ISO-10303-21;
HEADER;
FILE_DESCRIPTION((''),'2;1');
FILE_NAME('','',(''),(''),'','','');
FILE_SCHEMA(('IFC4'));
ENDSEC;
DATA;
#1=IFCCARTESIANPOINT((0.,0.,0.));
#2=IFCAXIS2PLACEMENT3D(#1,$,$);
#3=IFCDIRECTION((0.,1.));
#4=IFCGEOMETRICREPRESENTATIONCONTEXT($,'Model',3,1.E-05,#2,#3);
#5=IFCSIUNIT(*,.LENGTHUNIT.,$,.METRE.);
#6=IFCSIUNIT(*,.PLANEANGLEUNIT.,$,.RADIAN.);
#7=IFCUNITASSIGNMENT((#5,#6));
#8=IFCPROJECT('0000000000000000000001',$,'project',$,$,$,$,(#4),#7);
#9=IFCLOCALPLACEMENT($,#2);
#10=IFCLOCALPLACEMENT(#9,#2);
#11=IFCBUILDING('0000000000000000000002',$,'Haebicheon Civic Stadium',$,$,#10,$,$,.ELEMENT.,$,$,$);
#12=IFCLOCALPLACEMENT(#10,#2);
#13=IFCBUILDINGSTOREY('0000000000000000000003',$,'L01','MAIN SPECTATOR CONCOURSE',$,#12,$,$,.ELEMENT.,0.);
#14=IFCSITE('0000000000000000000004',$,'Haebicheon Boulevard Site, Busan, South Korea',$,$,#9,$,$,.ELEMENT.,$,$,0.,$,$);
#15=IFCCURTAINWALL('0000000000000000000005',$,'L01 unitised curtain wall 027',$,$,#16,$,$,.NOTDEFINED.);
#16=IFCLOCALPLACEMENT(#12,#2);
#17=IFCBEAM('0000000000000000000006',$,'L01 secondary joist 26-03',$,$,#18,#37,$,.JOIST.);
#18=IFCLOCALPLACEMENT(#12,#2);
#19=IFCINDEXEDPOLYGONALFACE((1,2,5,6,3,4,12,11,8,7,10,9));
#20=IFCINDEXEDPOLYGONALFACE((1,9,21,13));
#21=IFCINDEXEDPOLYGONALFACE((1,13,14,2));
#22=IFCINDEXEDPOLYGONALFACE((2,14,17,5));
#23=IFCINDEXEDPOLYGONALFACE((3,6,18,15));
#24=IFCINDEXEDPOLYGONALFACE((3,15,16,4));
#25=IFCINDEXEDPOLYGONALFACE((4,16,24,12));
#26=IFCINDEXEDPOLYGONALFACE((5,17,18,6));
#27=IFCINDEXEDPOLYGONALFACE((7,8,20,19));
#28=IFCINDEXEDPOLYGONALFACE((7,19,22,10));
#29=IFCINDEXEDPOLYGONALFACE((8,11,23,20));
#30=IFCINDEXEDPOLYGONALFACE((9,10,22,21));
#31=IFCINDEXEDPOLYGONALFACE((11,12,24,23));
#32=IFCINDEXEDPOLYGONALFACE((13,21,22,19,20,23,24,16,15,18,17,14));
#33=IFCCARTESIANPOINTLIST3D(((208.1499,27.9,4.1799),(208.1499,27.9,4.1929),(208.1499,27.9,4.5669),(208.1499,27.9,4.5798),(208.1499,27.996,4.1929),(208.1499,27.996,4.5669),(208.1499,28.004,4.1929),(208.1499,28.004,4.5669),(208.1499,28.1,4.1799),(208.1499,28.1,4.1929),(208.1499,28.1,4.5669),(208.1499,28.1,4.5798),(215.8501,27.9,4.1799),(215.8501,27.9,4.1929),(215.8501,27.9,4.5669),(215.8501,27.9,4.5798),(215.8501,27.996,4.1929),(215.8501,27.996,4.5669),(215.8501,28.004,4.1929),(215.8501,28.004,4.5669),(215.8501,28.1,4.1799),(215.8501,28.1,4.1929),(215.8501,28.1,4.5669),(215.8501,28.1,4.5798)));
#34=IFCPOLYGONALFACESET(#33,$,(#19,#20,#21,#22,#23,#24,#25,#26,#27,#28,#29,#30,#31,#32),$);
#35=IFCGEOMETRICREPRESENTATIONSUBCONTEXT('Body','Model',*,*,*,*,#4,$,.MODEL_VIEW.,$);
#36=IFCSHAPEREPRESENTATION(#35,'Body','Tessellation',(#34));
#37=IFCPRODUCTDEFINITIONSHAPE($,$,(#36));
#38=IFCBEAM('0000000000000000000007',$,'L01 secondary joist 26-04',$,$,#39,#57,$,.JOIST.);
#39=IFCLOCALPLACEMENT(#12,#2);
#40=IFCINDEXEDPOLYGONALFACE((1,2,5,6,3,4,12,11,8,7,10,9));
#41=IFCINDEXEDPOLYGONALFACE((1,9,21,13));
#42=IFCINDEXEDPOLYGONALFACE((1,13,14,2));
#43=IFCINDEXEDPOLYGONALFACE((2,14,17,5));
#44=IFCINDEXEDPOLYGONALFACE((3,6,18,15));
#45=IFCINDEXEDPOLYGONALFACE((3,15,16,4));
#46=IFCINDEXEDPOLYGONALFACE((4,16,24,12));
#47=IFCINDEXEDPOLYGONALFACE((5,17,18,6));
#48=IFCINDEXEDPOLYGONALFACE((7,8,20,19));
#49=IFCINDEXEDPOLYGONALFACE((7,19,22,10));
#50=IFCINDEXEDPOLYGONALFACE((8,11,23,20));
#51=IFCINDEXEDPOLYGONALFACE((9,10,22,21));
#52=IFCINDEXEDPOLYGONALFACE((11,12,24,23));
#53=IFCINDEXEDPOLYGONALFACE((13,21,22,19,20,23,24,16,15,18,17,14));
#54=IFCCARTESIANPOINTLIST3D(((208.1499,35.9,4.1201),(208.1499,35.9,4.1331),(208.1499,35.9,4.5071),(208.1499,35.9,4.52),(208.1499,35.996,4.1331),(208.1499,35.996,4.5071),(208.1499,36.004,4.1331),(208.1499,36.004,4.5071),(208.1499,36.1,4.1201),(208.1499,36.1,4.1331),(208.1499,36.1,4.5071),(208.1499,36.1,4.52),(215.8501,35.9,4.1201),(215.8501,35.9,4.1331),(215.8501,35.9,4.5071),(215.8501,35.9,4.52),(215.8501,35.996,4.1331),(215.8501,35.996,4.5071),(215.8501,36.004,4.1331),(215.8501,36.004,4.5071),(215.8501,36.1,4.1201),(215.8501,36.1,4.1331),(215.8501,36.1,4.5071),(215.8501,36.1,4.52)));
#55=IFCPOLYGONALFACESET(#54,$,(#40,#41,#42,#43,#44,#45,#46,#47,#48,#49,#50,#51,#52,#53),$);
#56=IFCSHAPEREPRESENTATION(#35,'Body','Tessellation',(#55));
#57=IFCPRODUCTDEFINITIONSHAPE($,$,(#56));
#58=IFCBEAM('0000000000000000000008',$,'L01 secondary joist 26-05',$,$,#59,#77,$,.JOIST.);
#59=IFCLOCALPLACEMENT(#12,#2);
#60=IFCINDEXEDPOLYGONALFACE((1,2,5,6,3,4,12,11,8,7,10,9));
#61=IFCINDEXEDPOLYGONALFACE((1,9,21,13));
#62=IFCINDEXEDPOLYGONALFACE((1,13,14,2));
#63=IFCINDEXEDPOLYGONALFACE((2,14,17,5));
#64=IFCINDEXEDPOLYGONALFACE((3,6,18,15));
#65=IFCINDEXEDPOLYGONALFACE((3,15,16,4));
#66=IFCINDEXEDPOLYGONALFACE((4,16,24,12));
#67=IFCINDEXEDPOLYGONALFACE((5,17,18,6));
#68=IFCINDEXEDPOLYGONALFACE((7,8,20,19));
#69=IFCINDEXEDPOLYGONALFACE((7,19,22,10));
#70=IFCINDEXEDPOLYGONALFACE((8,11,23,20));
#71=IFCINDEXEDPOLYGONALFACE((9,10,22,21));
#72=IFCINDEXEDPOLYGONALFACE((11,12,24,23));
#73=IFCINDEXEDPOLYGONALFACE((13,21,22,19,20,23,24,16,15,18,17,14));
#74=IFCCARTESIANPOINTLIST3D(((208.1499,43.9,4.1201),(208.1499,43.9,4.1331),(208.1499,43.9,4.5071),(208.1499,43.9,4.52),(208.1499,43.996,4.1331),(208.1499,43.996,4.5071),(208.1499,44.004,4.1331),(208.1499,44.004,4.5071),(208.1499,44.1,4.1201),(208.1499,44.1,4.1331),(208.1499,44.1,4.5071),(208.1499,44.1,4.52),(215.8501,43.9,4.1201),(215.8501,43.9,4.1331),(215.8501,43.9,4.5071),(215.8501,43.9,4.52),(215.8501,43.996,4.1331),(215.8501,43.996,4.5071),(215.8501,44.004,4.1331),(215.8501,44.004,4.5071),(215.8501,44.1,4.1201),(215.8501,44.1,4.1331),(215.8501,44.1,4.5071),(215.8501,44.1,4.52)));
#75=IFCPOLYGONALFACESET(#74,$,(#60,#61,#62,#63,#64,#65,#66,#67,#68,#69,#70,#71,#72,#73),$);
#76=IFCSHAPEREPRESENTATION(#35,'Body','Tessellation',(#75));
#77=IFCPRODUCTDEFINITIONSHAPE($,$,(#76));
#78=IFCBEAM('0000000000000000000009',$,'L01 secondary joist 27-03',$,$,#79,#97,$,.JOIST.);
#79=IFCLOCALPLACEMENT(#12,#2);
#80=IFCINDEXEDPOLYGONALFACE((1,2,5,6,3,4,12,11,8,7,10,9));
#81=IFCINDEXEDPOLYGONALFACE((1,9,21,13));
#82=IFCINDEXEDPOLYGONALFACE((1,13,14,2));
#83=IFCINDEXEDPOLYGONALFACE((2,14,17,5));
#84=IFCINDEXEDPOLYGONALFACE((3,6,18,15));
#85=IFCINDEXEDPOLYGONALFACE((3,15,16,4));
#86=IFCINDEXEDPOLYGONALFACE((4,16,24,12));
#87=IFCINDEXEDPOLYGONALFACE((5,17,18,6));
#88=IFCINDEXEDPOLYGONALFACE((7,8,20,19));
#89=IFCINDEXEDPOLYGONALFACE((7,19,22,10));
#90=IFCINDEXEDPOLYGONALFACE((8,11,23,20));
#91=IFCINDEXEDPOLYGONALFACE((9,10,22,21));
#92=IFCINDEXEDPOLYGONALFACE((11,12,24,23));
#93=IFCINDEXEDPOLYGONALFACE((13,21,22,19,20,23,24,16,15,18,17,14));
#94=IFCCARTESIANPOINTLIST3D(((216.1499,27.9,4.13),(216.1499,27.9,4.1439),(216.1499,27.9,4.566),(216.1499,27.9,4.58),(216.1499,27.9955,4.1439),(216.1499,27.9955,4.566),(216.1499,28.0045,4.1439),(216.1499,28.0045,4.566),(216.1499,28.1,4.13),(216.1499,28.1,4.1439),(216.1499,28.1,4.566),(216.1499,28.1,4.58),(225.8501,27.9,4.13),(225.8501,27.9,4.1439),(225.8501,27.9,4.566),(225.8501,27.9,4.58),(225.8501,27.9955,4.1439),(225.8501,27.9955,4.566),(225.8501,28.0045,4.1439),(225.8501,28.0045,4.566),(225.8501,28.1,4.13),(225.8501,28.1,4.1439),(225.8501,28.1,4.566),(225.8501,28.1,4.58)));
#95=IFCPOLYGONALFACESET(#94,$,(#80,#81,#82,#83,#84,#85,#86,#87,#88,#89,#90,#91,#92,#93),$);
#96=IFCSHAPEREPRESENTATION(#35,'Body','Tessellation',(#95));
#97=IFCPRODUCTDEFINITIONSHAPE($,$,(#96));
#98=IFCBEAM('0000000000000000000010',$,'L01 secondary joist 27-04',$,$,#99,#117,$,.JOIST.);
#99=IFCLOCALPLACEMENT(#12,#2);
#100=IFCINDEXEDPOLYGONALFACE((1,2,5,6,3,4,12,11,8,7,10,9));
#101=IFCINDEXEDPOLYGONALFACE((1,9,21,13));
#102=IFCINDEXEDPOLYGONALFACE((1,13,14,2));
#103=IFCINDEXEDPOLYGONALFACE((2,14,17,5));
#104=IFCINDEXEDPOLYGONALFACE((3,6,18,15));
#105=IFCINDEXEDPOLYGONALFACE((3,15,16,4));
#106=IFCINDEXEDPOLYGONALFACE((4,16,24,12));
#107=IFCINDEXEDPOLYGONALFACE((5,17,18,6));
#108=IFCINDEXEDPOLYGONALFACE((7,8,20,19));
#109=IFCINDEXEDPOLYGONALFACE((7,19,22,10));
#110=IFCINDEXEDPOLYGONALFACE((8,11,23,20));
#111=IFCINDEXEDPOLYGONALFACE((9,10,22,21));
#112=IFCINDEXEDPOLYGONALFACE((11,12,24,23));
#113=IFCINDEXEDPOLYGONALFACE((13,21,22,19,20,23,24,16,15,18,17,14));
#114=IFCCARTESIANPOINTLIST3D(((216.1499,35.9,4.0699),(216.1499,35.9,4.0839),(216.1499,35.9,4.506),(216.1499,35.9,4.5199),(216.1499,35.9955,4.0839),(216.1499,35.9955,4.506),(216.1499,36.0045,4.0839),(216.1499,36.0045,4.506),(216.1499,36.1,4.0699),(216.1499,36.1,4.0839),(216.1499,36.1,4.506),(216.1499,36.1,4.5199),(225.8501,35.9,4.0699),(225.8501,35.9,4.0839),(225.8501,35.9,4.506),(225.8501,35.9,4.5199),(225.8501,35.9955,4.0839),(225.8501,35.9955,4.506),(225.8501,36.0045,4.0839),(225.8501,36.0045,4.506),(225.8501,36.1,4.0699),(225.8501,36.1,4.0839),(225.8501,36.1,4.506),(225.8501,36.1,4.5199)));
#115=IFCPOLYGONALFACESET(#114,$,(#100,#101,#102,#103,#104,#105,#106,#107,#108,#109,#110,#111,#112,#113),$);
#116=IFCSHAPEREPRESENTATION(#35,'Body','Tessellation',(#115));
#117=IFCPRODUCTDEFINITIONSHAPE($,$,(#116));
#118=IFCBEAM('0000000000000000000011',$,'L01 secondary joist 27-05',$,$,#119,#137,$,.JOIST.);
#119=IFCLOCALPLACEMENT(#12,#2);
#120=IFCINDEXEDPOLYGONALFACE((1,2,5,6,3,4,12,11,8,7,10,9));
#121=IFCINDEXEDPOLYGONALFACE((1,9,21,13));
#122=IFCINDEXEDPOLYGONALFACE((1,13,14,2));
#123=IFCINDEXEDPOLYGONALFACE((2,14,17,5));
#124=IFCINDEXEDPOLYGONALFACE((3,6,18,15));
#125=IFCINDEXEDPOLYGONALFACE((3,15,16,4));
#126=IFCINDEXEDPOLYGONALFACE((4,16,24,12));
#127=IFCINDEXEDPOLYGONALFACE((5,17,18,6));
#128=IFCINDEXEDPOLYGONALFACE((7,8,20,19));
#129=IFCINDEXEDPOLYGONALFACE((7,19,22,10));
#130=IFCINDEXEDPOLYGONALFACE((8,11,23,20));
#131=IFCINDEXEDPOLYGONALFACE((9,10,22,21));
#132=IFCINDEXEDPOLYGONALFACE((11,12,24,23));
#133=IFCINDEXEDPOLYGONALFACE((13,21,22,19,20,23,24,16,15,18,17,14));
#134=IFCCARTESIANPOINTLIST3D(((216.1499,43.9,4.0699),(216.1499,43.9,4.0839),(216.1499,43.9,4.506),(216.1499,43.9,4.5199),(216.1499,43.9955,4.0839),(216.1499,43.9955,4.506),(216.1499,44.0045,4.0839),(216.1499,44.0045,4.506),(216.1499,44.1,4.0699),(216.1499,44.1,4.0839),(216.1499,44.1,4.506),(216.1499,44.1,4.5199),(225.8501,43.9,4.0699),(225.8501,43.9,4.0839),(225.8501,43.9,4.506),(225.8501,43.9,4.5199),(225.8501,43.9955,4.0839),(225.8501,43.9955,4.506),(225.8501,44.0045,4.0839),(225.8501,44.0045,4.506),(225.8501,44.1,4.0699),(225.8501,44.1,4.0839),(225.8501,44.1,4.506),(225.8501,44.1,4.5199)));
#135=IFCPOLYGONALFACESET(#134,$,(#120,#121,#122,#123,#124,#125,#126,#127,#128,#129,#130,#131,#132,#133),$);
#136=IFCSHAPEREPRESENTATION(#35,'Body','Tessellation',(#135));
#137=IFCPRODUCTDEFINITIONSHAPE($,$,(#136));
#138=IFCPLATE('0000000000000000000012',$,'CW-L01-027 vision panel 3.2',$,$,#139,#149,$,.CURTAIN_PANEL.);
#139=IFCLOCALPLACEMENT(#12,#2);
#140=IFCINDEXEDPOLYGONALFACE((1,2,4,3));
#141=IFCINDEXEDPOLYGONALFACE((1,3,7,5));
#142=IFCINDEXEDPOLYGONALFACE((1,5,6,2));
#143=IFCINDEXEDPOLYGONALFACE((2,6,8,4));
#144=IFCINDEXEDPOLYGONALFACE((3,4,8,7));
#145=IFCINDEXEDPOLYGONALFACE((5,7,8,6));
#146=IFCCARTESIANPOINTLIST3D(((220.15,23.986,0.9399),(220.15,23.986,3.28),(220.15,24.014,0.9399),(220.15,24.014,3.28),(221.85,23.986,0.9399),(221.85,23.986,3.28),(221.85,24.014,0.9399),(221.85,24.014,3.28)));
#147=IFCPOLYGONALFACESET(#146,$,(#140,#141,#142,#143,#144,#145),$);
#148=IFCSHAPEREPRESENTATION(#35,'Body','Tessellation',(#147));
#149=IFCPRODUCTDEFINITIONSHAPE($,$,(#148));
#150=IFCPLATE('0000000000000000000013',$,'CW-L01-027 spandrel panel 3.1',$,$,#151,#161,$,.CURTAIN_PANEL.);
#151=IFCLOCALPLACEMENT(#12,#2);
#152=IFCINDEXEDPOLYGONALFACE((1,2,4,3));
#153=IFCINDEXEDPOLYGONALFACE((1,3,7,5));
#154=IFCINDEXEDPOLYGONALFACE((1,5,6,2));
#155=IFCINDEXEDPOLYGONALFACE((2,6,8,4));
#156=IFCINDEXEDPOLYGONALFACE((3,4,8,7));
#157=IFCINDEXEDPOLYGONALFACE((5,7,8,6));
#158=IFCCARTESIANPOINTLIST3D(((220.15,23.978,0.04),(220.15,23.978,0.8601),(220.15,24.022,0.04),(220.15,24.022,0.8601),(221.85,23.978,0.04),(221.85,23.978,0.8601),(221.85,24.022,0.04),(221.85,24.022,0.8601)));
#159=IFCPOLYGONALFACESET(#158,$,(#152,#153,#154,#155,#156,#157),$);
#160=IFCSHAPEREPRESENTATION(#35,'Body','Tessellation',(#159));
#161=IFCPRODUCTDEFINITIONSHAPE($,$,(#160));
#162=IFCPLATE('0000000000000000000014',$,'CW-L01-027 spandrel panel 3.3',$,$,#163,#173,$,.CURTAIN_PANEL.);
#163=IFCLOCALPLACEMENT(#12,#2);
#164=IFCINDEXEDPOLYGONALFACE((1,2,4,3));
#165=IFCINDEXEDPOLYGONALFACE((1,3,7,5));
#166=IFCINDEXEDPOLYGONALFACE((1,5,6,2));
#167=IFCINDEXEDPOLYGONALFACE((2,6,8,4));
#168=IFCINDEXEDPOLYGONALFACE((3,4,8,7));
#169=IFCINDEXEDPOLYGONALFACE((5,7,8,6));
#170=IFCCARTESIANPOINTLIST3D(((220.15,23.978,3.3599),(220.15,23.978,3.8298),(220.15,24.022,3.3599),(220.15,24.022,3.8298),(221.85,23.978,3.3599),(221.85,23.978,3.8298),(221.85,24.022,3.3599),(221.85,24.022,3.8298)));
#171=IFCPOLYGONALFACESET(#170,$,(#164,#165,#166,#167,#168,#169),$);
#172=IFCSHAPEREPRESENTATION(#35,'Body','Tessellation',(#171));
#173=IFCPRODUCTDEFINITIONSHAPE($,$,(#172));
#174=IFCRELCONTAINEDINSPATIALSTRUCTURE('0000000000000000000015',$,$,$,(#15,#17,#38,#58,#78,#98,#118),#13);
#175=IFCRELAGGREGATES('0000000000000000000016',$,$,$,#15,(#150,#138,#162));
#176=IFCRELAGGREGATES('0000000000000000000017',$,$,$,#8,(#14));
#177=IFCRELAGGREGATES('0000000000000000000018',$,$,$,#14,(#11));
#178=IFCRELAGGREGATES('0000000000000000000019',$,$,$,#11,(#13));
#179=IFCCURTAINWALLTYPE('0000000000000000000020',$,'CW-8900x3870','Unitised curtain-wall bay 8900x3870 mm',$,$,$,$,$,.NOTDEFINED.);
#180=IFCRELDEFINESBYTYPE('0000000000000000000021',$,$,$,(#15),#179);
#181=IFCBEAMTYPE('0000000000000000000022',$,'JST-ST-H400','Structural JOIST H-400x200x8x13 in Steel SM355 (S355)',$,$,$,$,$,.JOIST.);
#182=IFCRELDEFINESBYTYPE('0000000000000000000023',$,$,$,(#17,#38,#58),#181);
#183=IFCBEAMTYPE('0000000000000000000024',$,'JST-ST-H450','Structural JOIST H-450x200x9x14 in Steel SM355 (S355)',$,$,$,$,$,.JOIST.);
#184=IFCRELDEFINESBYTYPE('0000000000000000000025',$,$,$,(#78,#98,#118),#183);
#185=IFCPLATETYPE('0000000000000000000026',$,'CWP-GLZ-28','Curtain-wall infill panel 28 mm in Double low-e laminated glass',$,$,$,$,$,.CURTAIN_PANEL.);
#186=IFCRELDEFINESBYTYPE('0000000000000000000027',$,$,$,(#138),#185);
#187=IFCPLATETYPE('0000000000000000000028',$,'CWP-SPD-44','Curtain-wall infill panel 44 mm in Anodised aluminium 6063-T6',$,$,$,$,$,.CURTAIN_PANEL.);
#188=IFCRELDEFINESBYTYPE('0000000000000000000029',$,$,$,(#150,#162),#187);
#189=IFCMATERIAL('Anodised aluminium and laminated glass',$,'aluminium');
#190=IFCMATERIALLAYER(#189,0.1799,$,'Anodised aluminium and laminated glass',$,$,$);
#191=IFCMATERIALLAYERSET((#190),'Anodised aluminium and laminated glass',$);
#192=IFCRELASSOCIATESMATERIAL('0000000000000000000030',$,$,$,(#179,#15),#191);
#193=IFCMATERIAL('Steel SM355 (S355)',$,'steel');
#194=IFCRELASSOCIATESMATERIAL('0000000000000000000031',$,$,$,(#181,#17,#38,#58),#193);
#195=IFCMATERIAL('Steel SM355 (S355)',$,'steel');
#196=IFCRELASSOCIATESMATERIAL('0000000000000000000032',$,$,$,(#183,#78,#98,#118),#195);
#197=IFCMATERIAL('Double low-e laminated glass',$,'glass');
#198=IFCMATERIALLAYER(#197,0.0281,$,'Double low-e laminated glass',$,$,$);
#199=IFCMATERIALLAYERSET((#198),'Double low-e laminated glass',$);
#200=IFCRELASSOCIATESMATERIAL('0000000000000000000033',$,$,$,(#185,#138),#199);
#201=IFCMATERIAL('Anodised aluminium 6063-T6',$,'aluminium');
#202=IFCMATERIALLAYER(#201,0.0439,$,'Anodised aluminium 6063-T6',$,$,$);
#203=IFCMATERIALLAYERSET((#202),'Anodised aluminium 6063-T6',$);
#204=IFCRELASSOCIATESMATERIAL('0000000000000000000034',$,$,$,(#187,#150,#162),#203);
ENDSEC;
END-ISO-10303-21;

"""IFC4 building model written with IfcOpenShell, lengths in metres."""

from ifc_helpers import new_model, si_unit, direction, frame, origin, origin_2d, place, context, subcontext, project, spatial, rectangle, i_section, extrude, material, layer, layer_set, material_profile, profile_set, type_object, element, aggregate, save


model = new_model("IFC4")

# Units and contexts
model_context = context("Model", 3, precision=1e-05, world=origin(), true_north=direction((0.0, 1.0)))
body_context = subcontext(model_context, "Body", "Model", "MODEL_VIEW")
ifc_project = project(units=[si_unit("LENGTHUNIT", "METRE"), si_unit("PLANEANGLEUNIT", "RADIAN")], contexts=[model_context])

# Site, building, storey
site_placement = place(None, origin())
site = spatial("IfcSite", under=ifc_project, at=site_placement, Name="Haebicheon Boulevard Site, Busan, South Korea", CompositionType="ELEMENT", RefElevation=0.0)
building_placement = place(site_placement, origin())
building = spatial("IfcBuilding", under=site, at=building_placement, Name="Haebicheon Civic Stadium", CompositionType="ELEMENT")
storey_placement = place(building_placement, origin())
storey = spatial("IfcBuildingStorey", under=building, at=storey_placement, Name="L01", Description="MAIN SPECTATOR CONCOURSE", CompositionType="ELEMENT", Elevation=0.0)

# Curtain wall
ifc_material_1 = material(Name="Anodised aluminium and laminated glass", Category="aluminium")
ifc_layer_1 = layer(ifc_material_1, 0.1799, Name="Anodised aluminium and laminated glass")
ifc_layer_set_1 = layer_set([ifc_layer_1], Name="Anodised aluminium and laminated glass")
curtain_wall_type = type_object("IfcCurtainWallType", Name="CW-8900x3870", Description="Unitised curtain-wall bay 8900x3870 mm", PredefinedType="NOTDEFINED", material=ifc_layer_set_1)
curtain_wall_placement = place(storey_placement, origin())
curtain_wall = element("IfcCurtainWall", 1, at=curtain_wall_placement, inside=storey, type_object=curtain_wall_type, material=ifc_layer_set_1, Name="L01 unitised curtain wall 027", PredefinedType="NOTDEFINED")

# Beams
ifc_material_2 = material(Name="Steel SM355 (S355)", Category="steel")
ifc_material_profile_1 = material_profile(ifc_material_2, i_section(OverallWidth=0.2, OverallDepth=0.3999, WebThickness=0.0081, FlangeThickness=0.0129, at=origin_2d()), Name="H-400x200x8x13")
ifc_profile_set_1 = profile_set([ifc_material_profile_1], Name="Steel SM355 (S355)")
beam_type_1 = type_object("IfcBeamType", Name="JST-ST-H400", Description="Structural JOIST H-400x200x8x13 in Steel SM355 (S355)", PredefinedType="JOIST", material=ifc_profile_set_1)
for number, where, z_axis, x_axis, name in (
    (2, (208.1499, 28.0, 4.3799), (1.0, 0.0, 0.0), (0.0, 1.0, 0.0), "L01 secondary joist 26-03"),
    (3, (208.1499, 36.0, 4.3201), (1.0, 0.0, 0.0), (0.0, 1.0, 0.0), "L01 secondary joist 26-04"),
    (4, (208.1499, 44.0, 4.3201), (1.0, 0.0, 0.0), (0.0, 1.0, 0.0), "L01 secondary joist 26-05"),
):
    element("IfcBeam", number, at=place(storey_placement, frame(where, z_axis=z_axis, x_axis=x_axis)), inside=storey, type_object=beam_type_1, material=ifc_profile_set_1, Name=name, PredefinedType="JOIST", context=body_context, shape_type="SweptSolid", body=[
        extrude(i_section(OverallWidth=0.2, OverallDepth=0.3999, WebThickness=0.0081, FlangeThickness=0.0129, at=origin_2d()), origin(), (0.0, 0.0, 1.0), 7.7002),
    ])
ifc_material_3 = material(Name="Steel SM355 (S355)", Category="steel")
ifc_material_profile_2 = material_profile(ifc_material_3, i_section(OverallWidth=0.2, OverallDepth=0.45, WebThickness=0.009, FlangeThickness=0.0139, at=origin_2d()), Name="H-450x200x9x14")
ifc_profile_set_2 = profile_set([ifc_material_profile_2], Name="Steel SM355 (S355)")
beam_type_2 = type_object("IfcBeamType", Name="JST-ST-H450", Description="Structural JOIST H-450x200x9x14 in Steel SM355 (S355)", PredefinedType="JOIST", material=ifc_profile_set_2)
for number, where, z_axis, x_axis, name in (
    (5, (216.1499, 28.0, 4.355), (1.0, 0.0, 0.0), (0.0, 1.0, 0.0), "L01 secondary joist 27-03"),
    (6, (216.1499, 36.0, 4.2949), (1.0, 0.0, 0.0), (0.0, 1.0, 0.0), "L01 secondary joist 27-04"),
    (7, (216.1499, 44.0, 4.2949), (1.0, 0.0, 0.0), (0.0, 1.0, 0.0), "L01 secondary joist 27-05"),
):
    element("IfcBeam", number, at=place(storey_placement, frame(where, z_axis=z_axis, x_axis=x_axis)), inside=storey, type_object=beam_type_2, material=ifc_profile_set_2, Name=name, PredefinedType="JOIST", context=body_context, shape_type="SweptSolid", body=[
        extrude(i_section(OverallWidth=0.2, OverallDepth=0.45, WebThickness=0.009, FlangeThickness=0.0139, at=origin_2d()), origin(), (0.0, 0.0, 1.0), 9.7002),
    ])

# Plates
ifc_material_4 = material(Name="Double low-e laminated glass", Category="glass")
ifc_layer_2 = layer(ifc_material_4, 0.0281, Name="Double low-e laminated glass")
ifc_layer_set_2 = layer_set([ifc_layer_2], Name="Double low-e laminated glass")
plate_type_1 = type_object("IfcPlateType", Name="CWP-GLZ-28", Description="Curtain-wall infill panel 28 mm in Double low-e laminated glass", PredefinedType="CURTAIN_PANEL", material=ifc_layer_set_2)
plate_1_placement = place(storey_placement, frame((221.0, 24.0, 0.9399), z_axis=(0.0, 0.0, 1.0), x_axis=(1.0, 0.0, 0.0)))
plate_1 = element("IfcPlate", 8, at=plate_1_placement, type_object=plate_type_1, material=ifc_layer_set_2, Name="CW-L01-027 vision panel 3.2", PredefinedType="CURTAIN_PANEL", context=body_context, shape_type="SweptSolid", body=[
    extrude(rectangle(XDim=1.7, YDim=0.0281, at=origin_2d()), origin(), (0.0, 0.0, 1.0), 2.3401),
])
ifc_material_5 = material(Name="Anodised aluminium 6063-T6", Category="aluminium")
ifc_layer_3 = layer(ifc_material_5, 0.0439, Name="Anodised aluminium 6063-T6")
ifc_layer_set_3 = layer_set([ifc_layer_3], Name="Anodised aluminium 6063-T6")
plate_type_2 = type_object("IfcPlateType", Name="CWP-SPD-44", Description="Curtain-wall infill panel 44 mm in Anodised aluminium 6063-T6", PredefinedType="CURTAIN_PANEL", material=ifc_layer_set_3)
plate_2_placement = place(storey_placement, frame((221.0, 24.0, 0.04), z_axis=(0.0, 0.0, 1.0), x_axis=(1.0, 0.0, 0.0)))
plate_2 = element("IfcPlate", 9, at=plate_2_placement, type_object=plate_type_2, material=ifc_layer_set_3, Name="CW-L01-027 spandrel panel 3.1", PredefinedType="CURTAIN_PANEL", context=body_context, shape_type="SweptSolid", body=[
    extrude(rectangle(XDim=1.7, YDim=0.0439, at=origin_2d()), origin(), (0.0, 0.0, 1.0), 0.8201),
])
plate_3_placement = place(storey_placement, frame((221.0, 24.0, 3.3599), z_axis=(0.0, 0.0, 1.0), x_axis=(1.0, 0.0, 0.0)))
plate_3 = element("IfcPlate", 10, at=plate_3_placement, type_object=plate_type_2, material=ifc_layer_set_3, Name="CW-L01-027 spandrel panel 3.3", PredefinedType="CURTAIN_PANEL", context=body_context, shape_type="SweptSolid", body=[
    extrude(rectangle(XDim=1.7, YDim=0.0439, at=origin_2d()), origin(), (0.0, 0.0, 1.0), 0.47),
])
aggregate(curtain_wall, [plate_2, plate_1, plate_3])

save(model, "model.ifc")
